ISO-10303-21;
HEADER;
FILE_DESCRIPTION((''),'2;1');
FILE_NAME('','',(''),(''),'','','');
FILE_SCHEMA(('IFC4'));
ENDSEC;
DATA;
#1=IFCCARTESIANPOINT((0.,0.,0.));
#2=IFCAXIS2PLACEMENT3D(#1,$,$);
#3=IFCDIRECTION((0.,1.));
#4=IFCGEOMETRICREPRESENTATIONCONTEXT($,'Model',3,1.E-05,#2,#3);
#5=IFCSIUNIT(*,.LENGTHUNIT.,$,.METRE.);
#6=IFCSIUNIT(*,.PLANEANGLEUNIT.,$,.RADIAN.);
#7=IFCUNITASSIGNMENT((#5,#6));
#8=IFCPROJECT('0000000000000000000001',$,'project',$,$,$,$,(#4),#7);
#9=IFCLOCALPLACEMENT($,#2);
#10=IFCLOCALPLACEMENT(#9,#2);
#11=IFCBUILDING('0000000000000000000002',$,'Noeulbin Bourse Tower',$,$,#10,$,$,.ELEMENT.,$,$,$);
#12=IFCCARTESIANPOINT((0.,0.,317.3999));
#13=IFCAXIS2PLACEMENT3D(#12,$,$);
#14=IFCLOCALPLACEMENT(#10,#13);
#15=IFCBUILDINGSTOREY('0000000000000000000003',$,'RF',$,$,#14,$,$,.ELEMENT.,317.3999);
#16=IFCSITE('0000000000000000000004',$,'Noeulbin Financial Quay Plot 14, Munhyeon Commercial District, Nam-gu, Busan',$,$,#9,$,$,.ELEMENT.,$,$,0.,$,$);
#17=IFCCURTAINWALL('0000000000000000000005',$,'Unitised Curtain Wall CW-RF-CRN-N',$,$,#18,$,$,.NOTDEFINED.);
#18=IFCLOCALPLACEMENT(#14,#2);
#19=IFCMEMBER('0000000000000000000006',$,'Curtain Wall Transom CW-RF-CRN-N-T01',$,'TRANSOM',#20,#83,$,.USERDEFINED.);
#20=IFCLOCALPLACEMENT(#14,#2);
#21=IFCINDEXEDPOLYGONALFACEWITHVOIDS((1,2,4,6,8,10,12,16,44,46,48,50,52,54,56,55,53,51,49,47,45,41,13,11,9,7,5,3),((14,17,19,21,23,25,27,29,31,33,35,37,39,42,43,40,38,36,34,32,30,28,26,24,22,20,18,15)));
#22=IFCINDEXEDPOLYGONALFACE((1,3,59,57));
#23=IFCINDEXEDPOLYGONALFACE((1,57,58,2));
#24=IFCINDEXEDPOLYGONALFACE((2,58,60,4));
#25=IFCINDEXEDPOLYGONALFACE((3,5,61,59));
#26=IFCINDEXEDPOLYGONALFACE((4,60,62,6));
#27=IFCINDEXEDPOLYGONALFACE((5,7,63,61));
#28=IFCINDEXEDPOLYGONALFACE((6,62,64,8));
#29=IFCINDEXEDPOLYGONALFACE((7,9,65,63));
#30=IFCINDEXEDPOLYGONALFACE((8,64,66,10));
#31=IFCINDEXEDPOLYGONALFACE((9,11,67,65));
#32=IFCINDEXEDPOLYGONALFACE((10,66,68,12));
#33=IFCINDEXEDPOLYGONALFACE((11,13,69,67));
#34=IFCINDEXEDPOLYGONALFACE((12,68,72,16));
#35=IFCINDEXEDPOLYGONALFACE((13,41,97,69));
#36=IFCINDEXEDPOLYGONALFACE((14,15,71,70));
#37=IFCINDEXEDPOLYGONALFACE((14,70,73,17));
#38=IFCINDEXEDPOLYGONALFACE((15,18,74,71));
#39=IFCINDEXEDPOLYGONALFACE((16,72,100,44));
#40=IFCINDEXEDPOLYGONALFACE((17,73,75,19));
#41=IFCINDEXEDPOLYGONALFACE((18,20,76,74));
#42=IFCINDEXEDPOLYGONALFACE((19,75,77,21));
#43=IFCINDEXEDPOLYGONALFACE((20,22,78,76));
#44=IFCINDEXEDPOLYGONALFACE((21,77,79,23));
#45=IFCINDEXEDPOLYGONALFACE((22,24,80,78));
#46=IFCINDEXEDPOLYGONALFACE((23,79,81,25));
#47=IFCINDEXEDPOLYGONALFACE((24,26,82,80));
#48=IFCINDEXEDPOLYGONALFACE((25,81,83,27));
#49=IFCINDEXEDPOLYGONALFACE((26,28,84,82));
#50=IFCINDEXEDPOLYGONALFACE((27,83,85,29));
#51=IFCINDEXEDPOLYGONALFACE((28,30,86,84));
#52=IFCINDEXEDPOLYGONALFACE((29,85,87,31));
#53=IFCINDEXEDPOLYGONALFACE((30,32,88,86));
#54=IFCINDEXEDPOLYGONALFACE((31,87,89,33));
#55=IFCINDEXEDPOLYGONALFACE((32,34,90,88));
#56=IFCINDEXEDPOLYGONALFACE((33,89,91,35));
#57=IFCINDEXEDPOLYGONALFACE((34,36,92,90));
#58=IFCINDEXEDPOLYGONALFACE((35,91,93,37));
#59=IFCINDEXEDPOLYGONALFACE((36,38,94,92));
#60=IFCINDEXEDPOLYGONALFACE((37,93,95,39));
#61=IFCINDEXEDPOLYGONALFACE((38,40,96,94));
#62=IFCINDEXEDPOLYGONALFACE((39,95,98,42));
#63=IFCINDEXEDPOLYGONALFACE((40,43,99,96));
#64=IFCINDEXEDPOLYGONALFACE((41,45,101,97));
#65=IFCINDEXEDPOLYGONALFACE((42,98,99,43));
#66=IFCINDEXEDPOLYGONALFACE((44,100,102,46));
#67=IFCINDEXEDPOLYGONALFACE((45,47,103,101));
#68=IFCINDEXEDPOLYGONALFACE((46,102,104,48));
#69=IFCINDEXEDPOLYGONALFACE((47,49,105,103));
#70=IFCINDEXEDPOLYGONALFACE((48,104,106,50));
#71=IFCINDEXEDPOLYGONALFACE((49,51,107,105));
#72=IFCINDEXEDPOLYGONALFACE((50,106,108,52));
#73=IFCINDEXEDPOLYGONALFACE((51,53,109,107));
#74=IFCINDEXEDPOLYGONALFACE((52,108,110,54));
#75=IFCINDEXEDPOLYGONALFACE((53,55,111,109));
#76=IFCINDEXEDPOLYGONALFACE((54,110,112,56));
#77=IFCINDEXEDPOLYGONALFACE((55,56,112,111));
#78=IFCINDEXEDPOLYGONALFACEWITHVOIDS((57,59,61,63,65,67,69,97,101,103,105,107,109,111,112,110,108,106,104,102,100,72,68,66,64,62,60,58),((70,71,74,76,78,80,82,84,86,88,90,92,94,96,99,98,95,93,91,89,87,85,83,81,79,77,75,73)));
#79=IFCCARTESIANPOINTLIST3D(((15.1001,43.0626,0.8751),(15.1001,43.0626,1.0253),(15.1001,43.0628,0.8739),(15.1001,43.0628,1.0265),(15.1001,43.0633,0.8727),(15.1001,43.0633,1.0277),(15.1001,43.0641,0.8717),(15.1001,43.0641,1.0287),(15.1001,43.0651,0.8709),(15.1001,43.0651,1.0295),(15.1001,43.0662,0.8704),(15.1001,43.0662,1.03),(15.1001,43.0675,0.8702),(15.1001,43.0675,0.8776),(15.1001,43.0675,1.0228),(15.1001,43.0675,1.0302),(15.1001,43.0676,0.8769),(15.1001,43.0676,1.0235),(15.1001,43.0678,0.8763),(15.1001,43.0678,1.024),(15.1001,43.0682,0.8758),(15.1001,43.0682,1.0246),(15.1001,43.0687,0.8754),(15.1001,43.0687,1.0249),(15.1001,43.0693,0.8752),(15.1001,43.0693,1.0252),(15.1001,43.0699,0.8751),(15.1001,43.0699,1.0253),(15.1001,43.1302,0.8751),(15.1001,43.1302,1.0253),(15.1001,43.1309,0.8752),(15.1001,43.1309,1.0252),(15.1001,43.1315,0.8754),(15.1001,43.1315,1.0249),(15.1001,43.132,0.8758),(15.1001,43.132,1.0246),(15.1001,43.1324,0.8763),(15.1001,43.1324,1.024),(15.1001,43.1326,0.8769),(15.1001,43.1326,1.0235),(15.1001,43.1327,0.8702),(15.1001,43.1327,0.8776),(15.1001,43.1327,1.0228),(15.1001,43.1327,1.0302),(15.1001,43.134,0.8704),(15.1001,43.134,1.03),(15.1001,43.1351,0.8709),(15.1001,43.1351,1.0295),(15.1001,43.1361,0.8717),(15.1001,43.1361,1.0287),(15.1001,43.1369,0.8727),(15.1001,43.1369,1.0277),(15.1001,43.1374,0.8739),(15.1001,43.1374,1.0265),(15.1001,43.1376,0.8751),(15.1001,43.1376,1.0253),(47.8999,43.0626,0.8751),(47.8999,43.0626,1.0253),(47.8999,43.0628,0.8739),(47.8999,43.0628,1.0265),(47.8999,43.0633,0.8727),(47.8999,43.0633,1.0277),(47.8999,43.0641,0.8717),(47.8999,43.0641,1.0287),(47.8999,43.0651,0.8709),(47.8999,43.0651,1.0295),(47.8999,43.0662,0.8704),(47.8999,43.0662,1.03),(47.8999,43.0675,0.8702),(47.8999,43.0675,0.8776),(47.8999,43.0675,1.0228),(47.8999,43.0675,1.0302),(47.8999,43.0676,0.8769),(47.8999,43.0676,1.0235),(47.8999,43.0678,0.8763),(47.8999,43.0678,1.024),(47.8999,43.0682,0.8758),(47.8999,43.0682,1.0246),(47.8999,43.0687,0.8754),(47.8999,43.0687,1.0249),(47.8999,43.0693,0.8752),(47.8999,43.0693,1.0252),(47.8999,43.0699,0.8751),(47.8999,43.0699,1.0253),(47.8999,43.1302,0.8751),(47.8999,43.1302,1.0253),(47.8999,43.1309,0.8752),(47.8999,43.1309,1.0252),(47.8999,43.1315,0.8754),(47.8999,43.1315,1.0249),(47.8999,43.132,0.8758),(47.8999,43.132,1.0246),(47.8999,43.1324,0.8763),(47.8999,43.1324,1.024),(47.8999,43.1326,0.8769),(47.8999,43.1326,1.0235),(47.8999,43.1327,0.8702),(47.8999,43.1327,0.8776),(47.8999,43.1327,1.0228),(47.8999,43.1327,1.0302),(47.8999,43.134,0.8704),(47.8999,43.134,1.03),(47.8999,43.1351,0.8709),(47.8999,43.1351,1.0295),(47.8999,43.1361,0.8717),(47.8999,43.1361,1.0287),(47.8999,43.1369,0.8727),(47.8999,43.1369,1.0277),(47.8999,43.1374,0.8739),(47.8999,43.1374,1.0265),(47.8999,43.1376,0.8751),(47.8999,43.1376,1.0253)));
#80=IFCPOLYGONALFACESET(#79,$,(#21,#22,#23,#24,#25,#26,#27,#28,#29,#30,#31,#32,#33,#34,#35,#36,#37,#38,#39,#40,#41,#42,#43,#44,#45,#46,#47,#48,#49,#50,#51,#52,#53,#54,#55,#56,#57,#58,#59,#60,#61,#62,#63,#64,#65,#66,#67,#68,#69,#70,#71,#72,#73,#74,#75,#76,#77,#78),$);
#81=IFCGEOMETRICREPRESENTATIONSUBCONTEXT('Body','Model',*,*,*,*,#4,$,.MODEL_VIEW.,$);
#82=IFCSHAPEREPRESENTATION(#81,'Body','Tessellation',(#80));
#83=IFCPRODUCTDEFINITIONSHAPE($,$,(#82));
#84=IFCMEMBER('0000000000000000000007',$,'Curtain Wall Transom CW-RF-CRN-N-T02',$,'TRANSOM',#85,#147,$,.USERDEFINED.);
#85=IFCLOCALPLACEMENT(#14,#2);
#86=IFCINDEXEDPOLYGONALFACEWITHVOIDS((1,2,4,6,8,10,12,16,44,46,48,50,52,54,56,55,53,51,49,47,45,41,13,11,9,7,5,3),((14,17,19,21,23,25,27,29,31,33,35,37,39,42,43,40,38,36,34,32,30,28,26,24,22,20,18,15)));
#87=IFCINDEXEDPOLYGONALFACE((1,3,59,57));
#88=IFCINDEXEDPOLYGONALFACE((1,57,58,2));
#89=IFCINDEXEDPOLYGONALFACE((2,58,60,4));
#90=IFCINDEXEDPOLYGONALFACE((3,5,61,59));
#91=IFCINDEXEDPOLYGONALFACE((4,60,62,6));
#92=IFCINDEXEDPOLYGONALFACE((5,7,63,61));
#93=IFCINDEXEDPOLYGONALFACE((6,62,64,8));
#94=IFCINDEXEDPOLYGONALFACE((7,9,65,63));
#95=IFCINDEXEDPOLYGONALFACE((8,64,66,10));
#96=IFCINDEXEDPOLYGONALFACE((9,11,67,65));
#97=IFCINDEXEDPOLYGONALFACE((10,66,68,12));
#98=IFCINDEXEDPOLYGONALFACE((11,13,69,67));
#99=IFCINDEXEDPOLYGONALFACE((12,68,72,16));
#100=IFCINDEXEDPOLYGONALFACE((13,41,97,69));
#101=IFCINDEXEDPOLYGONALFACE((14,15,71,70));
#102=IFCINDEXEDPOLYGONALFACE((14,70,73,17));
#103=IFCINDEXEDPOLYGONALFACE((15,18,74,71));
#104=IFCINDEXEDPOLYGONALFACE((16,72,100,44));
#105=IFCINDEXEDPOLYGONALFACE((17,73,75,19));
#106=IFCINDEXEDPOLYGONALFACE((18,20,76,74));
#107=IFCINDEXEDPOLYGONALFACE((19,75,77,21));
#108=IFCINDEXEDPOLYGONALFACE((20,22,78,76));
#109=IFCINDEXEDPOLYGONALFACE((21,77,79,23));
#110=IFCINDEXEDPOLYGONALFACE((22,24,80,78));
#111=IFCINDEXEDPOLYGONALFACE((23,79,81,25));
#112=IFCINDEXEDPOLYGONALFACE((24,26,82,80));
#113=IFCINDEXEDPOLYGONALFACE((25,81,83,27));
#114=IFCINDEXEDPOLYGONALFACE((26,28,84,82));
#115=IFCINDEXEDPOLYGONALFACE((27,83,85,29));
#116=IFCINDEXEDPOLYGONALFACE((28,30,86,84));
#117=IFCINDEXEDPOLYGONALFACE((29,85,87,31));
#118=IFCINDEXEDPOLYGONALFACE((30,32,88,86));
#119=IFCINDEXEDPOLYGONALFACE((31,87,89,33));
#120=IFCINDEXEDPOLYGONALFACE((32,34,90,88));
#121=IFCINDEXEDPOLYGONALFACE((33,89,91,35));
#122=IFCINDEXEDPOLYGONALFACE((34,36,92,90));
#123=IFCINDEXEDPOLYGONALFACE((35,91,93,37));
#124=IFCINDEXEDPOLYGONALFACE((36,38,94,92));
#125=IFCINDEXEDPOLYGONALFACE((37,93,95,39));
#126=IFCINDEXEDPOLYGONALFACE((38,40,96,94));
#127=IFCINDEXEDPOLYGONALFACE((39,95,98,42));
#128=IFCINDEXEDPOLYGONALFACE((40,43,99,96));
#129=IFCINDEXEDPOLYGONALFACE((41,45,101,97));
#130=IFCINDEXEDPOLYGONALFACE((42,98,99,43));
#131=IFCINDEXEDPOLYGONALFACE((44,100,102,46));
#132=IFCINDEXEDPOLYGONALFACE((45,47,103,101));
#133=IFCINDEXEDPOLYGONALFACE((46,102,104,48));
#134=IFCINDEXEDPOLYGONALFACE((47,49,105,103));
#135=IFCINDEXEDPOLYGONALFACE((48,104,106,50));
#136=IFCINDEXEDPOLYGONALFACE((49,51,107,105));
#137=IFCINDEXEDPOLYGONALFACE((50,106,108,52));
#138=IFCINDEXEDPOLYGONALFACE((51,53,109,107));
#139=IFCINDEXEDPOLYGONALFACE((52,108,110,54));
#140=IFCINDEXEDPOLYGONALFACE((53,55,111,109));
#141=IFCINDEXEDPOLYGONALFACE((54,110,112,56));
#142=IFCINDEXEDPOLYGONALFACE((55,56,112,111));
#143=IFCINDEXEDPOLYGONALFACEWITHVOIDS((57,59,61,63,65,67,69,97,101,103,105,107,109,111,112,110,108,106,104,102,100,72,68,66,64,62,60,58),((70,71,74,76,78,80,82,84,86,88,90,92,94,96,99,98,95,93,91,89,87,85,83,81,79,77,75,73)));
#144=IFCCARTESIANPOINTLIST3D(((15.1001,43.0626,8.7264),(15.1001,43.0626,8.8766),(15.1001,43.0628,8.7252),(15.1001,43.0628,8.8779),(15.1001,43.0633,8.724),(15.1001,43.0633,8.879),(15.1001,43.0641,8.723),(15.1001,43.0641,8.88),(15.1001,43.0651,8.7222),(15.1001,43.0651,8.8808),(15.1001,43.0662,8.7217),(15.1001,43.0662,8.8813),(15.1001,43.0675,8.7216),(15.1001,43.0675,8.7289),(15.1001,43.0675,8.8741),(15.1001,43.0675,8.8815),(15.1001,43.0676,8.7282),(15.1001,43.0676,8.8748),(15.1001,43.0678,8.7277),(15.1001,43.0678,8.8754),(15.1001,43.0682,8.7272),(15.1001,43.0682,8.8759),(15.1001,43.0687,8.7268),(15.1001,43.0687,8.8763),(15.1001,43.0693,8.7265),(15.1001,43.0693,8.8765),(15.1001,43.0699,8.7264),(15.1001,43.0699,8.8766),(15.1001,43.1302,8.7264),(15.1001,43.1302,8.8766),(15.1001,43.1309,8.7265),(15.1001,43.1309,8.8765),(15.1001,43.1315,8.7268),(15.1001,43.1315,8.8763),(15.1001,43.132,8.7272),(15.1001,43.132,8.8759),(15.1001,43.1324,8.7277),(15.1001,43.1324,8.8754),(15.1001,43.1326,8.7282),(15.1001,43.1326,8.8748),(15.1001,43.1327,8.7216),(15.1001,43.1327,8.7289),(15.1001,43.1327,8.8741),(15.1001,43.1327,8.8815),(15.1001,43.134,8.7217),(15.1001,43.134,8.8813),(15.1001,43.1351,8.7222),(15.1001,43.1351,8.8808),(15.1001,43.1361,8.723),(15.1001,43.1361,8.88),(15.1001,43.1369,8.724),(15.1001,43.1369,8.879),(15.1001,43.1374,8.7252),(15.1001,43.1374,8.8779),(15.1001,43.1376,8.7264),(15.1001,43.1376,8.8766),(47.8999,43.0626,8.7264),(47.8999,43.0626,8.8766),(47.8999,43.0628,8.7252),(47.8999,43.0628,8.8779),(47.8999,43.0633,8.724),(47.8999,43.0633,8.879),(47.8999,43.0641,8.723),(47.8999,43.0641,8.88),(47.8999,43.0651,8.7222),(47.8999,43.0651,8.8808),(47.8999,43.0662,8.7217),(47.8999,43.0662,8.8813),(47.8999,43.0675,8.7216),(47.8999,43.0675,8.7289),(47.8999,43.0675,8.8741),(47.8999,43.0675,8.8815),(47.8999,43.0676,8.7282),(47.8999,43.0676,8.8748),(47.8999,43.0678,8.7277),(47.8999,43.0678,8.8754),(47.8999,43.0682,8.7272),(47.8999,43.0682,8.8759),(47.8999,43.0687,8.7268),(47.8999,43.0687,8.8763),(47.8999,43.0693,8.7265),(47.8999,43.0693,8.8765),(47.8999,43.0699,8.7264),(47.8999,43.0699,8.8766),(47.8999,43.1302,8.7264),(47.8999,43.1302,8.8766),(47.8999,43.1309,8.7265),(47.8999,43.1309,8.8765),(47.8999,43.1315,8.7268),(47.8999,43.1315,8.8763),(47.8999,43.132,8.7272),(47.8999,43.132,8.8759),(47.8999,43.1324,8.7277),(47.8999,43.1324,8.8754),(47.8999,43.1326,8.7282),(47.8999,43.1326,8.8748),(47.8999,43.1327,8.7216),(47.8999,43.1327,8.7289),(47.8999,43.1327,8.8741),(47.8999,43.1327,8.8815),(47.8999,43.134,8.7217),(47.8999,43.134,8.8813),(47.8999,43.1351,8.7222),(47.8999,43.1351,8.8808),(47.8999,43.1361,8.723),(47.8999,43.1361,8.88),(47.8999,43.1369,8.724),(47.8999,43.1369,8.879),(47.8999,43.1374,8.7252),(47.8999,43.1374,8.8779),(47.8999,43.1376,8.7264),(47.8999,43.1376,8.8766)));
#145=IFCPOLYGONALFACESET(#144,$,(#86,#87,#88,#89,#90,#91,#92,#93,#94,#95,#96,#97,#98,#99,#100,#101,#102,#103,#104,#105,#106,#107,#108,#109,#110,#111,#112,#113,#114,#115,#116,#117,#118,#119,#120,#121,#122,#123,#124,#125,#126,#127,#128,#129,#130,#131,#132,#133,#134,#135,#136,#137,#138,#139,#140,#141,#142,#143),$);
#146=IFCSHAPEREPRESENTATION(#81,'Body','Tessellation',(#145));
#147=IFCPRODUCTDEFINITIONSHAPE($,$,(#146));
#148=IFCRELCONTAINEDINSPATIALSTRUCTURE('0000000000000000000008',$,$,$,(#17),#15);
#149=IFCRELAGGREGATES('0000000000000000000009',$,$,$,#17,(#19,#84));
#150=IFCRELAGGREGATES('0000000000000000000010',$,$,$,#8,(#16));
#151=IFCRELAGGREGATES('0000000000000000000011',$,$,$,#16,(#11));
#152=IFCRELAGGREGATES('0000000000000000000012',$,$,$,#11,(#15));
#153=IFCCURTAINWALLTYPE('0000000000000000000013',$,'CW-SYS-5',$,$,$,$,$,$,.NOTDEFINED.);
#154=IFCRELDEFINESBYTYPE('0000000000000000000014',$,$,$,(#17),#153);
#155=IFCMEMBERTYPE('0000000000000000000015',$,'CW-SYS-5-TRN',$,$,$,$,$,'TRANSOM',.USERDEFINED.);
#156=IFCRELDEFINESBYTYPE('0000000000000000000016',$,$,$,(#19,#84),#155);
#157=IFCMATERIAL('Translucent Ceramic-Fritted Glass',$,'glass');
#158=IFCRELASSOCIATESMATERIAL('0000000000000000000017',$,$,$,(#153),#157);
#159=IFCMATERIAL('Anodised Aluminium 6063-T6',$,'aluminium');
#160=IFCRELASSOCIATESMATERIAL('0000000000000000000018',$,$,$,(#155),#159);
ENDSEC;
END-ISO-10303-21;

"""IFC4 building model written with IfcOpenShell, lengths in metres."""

from ifc_helpers import new_model, si_unit, direction, frame, origin, origin_2d, place, context, subcontext, project, spatial, hollow_rectangle, extrude, material, material_profile, profile_set, type_object, element, aggregate, save


model = new_model("IFC4")

# Units and contexts
model_context = context("Model", 3, precision=1e-05, world=origin(), true_north=direction((0.0, 1.0)))
body_context = subcontext(model_context, "Body", "Model", "MODEL_VIEW")
ifc_project = project(units=[si_unit("LENGTHUNIT", "METRE"), si_unit("PLANEANGLEUNIT", "RADIAN")], contexts=[model_context])

# Site, building, storey
site_placement = place(None, origin())
site = spatial("IfcSite", under=ifc_project, at=site_placement, Name="Noeulbin Financial Quay Plot 14, Munhyeon Commercial District, Nam-gu, Busan", CompositionType="ELEMENT", RefElevation=0.0)
building_placement = place(site_placement, origin())
building = spatial("IfcBuilding", under=site, at=building_placement, Name="Noeulbin Bourse Tower", CompositionType="ELEMENT")
storey_placement = place(building_placement, frame((0.0, 0.0, 317.3999)))
storey = spatial("IfcBuildingStorey", under=building, at=storey_placement, Name="RF", CompositionType="ELEMENT", Elevation=317.3999)

# Curtain wall
ifc_material_1 = material(Name="Translucent Ceramic-Fritted Glass", Category="glass")
curtain_wall_type = type_object("IfcCurtainWallType", Name="CW-SYS-5", PredefinedType="NOTDEFINED", material=ifc_material_1)
curtain_wall_1_placement = place(storey_placement, origin())
curtain_wall_1 = element("IfcCurtainWall", 1, at=curtain_wall_1_placement, inside=storey, type_object=curtain_wall_type, Name="Unitised Curtain Wall CW-RF-CRN-N", PredefinedType="NOTDEFINED")
ifc_material_2 = material(Name="Anodised Aluminium 6063-T6", Category="aluminium")

# Members
ifc_material_profile_1 = material_profile(ifc_material_2, hollow_rectangle(XDim=0.075, YDim=0.1599, WallThickness=0.0049, InnerFilletRadius=0.0024, OuterFilletRadius=0.0049, at=origin_2d()), Name="ALU-TRAN-75x160x5", Category="LoadBearing")
ifc_profile_set_1 = profile_set([ifc_material_profile_1], Name="Anodised Aluminium 6063-T6")
member_type_1 = type_object("IfcMemberType", Name="CW-SYS-5-TRN", ElementType="TRANSOM", PredefinedType="USERDEFINED", material=ifc_profile_set_1)
member_1_placement = place(storey_placement, frame((15.1001, 43.1001, 0.9502), z_axis=(1.0, 0.0, 0.0), x_axis=(0.0, 1.0, 0.0)))
member_1 = element("IfcMember", 2, at=member_1_placement, type_object=member_type_1, Name="Curtain Wall Transom CW-RF-CRN-N-T01", ObjectType="TRANSOM", PredefinedType="USERDEFINED", context=body_context, shape_type="SweptSolid", body=[
    extrude(hollow_rectangle(XDim=0.075, YDim=0.1599, WallThickness=0.0049, InnerFilletRadius=0.0024, OuterFilletRadius=0.0049, at=origin_2d()), origin(), (0.0, 0.0, 1.0), 32.7998),
])
member_2_placement = place(storey_placement, frame((15.1001, 43.1001, 8.8015), z_axis=(1.0, 0.0, 0.0), x_axis=(0.0, 1.0, 0.0)))
member_2 = element("IfcMember", 3, at=member_2_placement, type_object=member_type_1, Name="Curtain Wall Transom CW-RF-CRN-N-T02", ObjectType="TRANSOM", PredefinedType="USERDEFINED", context=body_context, shape_type="SweptSolid", body=[
    extrude(hollow_rectangle(XDim=0.075, YDim=0.1599, WallThickness=0.0049, InnerFilletRadius=0.0024, OuterFilletRadius=0.0049, at=origin_2d()), origin(), (0.0, 0.0, 1.0), 32.7998),
])

aggregate(curtain_wall_1, [member_1, member_2])

save(model, "model.ifc")
